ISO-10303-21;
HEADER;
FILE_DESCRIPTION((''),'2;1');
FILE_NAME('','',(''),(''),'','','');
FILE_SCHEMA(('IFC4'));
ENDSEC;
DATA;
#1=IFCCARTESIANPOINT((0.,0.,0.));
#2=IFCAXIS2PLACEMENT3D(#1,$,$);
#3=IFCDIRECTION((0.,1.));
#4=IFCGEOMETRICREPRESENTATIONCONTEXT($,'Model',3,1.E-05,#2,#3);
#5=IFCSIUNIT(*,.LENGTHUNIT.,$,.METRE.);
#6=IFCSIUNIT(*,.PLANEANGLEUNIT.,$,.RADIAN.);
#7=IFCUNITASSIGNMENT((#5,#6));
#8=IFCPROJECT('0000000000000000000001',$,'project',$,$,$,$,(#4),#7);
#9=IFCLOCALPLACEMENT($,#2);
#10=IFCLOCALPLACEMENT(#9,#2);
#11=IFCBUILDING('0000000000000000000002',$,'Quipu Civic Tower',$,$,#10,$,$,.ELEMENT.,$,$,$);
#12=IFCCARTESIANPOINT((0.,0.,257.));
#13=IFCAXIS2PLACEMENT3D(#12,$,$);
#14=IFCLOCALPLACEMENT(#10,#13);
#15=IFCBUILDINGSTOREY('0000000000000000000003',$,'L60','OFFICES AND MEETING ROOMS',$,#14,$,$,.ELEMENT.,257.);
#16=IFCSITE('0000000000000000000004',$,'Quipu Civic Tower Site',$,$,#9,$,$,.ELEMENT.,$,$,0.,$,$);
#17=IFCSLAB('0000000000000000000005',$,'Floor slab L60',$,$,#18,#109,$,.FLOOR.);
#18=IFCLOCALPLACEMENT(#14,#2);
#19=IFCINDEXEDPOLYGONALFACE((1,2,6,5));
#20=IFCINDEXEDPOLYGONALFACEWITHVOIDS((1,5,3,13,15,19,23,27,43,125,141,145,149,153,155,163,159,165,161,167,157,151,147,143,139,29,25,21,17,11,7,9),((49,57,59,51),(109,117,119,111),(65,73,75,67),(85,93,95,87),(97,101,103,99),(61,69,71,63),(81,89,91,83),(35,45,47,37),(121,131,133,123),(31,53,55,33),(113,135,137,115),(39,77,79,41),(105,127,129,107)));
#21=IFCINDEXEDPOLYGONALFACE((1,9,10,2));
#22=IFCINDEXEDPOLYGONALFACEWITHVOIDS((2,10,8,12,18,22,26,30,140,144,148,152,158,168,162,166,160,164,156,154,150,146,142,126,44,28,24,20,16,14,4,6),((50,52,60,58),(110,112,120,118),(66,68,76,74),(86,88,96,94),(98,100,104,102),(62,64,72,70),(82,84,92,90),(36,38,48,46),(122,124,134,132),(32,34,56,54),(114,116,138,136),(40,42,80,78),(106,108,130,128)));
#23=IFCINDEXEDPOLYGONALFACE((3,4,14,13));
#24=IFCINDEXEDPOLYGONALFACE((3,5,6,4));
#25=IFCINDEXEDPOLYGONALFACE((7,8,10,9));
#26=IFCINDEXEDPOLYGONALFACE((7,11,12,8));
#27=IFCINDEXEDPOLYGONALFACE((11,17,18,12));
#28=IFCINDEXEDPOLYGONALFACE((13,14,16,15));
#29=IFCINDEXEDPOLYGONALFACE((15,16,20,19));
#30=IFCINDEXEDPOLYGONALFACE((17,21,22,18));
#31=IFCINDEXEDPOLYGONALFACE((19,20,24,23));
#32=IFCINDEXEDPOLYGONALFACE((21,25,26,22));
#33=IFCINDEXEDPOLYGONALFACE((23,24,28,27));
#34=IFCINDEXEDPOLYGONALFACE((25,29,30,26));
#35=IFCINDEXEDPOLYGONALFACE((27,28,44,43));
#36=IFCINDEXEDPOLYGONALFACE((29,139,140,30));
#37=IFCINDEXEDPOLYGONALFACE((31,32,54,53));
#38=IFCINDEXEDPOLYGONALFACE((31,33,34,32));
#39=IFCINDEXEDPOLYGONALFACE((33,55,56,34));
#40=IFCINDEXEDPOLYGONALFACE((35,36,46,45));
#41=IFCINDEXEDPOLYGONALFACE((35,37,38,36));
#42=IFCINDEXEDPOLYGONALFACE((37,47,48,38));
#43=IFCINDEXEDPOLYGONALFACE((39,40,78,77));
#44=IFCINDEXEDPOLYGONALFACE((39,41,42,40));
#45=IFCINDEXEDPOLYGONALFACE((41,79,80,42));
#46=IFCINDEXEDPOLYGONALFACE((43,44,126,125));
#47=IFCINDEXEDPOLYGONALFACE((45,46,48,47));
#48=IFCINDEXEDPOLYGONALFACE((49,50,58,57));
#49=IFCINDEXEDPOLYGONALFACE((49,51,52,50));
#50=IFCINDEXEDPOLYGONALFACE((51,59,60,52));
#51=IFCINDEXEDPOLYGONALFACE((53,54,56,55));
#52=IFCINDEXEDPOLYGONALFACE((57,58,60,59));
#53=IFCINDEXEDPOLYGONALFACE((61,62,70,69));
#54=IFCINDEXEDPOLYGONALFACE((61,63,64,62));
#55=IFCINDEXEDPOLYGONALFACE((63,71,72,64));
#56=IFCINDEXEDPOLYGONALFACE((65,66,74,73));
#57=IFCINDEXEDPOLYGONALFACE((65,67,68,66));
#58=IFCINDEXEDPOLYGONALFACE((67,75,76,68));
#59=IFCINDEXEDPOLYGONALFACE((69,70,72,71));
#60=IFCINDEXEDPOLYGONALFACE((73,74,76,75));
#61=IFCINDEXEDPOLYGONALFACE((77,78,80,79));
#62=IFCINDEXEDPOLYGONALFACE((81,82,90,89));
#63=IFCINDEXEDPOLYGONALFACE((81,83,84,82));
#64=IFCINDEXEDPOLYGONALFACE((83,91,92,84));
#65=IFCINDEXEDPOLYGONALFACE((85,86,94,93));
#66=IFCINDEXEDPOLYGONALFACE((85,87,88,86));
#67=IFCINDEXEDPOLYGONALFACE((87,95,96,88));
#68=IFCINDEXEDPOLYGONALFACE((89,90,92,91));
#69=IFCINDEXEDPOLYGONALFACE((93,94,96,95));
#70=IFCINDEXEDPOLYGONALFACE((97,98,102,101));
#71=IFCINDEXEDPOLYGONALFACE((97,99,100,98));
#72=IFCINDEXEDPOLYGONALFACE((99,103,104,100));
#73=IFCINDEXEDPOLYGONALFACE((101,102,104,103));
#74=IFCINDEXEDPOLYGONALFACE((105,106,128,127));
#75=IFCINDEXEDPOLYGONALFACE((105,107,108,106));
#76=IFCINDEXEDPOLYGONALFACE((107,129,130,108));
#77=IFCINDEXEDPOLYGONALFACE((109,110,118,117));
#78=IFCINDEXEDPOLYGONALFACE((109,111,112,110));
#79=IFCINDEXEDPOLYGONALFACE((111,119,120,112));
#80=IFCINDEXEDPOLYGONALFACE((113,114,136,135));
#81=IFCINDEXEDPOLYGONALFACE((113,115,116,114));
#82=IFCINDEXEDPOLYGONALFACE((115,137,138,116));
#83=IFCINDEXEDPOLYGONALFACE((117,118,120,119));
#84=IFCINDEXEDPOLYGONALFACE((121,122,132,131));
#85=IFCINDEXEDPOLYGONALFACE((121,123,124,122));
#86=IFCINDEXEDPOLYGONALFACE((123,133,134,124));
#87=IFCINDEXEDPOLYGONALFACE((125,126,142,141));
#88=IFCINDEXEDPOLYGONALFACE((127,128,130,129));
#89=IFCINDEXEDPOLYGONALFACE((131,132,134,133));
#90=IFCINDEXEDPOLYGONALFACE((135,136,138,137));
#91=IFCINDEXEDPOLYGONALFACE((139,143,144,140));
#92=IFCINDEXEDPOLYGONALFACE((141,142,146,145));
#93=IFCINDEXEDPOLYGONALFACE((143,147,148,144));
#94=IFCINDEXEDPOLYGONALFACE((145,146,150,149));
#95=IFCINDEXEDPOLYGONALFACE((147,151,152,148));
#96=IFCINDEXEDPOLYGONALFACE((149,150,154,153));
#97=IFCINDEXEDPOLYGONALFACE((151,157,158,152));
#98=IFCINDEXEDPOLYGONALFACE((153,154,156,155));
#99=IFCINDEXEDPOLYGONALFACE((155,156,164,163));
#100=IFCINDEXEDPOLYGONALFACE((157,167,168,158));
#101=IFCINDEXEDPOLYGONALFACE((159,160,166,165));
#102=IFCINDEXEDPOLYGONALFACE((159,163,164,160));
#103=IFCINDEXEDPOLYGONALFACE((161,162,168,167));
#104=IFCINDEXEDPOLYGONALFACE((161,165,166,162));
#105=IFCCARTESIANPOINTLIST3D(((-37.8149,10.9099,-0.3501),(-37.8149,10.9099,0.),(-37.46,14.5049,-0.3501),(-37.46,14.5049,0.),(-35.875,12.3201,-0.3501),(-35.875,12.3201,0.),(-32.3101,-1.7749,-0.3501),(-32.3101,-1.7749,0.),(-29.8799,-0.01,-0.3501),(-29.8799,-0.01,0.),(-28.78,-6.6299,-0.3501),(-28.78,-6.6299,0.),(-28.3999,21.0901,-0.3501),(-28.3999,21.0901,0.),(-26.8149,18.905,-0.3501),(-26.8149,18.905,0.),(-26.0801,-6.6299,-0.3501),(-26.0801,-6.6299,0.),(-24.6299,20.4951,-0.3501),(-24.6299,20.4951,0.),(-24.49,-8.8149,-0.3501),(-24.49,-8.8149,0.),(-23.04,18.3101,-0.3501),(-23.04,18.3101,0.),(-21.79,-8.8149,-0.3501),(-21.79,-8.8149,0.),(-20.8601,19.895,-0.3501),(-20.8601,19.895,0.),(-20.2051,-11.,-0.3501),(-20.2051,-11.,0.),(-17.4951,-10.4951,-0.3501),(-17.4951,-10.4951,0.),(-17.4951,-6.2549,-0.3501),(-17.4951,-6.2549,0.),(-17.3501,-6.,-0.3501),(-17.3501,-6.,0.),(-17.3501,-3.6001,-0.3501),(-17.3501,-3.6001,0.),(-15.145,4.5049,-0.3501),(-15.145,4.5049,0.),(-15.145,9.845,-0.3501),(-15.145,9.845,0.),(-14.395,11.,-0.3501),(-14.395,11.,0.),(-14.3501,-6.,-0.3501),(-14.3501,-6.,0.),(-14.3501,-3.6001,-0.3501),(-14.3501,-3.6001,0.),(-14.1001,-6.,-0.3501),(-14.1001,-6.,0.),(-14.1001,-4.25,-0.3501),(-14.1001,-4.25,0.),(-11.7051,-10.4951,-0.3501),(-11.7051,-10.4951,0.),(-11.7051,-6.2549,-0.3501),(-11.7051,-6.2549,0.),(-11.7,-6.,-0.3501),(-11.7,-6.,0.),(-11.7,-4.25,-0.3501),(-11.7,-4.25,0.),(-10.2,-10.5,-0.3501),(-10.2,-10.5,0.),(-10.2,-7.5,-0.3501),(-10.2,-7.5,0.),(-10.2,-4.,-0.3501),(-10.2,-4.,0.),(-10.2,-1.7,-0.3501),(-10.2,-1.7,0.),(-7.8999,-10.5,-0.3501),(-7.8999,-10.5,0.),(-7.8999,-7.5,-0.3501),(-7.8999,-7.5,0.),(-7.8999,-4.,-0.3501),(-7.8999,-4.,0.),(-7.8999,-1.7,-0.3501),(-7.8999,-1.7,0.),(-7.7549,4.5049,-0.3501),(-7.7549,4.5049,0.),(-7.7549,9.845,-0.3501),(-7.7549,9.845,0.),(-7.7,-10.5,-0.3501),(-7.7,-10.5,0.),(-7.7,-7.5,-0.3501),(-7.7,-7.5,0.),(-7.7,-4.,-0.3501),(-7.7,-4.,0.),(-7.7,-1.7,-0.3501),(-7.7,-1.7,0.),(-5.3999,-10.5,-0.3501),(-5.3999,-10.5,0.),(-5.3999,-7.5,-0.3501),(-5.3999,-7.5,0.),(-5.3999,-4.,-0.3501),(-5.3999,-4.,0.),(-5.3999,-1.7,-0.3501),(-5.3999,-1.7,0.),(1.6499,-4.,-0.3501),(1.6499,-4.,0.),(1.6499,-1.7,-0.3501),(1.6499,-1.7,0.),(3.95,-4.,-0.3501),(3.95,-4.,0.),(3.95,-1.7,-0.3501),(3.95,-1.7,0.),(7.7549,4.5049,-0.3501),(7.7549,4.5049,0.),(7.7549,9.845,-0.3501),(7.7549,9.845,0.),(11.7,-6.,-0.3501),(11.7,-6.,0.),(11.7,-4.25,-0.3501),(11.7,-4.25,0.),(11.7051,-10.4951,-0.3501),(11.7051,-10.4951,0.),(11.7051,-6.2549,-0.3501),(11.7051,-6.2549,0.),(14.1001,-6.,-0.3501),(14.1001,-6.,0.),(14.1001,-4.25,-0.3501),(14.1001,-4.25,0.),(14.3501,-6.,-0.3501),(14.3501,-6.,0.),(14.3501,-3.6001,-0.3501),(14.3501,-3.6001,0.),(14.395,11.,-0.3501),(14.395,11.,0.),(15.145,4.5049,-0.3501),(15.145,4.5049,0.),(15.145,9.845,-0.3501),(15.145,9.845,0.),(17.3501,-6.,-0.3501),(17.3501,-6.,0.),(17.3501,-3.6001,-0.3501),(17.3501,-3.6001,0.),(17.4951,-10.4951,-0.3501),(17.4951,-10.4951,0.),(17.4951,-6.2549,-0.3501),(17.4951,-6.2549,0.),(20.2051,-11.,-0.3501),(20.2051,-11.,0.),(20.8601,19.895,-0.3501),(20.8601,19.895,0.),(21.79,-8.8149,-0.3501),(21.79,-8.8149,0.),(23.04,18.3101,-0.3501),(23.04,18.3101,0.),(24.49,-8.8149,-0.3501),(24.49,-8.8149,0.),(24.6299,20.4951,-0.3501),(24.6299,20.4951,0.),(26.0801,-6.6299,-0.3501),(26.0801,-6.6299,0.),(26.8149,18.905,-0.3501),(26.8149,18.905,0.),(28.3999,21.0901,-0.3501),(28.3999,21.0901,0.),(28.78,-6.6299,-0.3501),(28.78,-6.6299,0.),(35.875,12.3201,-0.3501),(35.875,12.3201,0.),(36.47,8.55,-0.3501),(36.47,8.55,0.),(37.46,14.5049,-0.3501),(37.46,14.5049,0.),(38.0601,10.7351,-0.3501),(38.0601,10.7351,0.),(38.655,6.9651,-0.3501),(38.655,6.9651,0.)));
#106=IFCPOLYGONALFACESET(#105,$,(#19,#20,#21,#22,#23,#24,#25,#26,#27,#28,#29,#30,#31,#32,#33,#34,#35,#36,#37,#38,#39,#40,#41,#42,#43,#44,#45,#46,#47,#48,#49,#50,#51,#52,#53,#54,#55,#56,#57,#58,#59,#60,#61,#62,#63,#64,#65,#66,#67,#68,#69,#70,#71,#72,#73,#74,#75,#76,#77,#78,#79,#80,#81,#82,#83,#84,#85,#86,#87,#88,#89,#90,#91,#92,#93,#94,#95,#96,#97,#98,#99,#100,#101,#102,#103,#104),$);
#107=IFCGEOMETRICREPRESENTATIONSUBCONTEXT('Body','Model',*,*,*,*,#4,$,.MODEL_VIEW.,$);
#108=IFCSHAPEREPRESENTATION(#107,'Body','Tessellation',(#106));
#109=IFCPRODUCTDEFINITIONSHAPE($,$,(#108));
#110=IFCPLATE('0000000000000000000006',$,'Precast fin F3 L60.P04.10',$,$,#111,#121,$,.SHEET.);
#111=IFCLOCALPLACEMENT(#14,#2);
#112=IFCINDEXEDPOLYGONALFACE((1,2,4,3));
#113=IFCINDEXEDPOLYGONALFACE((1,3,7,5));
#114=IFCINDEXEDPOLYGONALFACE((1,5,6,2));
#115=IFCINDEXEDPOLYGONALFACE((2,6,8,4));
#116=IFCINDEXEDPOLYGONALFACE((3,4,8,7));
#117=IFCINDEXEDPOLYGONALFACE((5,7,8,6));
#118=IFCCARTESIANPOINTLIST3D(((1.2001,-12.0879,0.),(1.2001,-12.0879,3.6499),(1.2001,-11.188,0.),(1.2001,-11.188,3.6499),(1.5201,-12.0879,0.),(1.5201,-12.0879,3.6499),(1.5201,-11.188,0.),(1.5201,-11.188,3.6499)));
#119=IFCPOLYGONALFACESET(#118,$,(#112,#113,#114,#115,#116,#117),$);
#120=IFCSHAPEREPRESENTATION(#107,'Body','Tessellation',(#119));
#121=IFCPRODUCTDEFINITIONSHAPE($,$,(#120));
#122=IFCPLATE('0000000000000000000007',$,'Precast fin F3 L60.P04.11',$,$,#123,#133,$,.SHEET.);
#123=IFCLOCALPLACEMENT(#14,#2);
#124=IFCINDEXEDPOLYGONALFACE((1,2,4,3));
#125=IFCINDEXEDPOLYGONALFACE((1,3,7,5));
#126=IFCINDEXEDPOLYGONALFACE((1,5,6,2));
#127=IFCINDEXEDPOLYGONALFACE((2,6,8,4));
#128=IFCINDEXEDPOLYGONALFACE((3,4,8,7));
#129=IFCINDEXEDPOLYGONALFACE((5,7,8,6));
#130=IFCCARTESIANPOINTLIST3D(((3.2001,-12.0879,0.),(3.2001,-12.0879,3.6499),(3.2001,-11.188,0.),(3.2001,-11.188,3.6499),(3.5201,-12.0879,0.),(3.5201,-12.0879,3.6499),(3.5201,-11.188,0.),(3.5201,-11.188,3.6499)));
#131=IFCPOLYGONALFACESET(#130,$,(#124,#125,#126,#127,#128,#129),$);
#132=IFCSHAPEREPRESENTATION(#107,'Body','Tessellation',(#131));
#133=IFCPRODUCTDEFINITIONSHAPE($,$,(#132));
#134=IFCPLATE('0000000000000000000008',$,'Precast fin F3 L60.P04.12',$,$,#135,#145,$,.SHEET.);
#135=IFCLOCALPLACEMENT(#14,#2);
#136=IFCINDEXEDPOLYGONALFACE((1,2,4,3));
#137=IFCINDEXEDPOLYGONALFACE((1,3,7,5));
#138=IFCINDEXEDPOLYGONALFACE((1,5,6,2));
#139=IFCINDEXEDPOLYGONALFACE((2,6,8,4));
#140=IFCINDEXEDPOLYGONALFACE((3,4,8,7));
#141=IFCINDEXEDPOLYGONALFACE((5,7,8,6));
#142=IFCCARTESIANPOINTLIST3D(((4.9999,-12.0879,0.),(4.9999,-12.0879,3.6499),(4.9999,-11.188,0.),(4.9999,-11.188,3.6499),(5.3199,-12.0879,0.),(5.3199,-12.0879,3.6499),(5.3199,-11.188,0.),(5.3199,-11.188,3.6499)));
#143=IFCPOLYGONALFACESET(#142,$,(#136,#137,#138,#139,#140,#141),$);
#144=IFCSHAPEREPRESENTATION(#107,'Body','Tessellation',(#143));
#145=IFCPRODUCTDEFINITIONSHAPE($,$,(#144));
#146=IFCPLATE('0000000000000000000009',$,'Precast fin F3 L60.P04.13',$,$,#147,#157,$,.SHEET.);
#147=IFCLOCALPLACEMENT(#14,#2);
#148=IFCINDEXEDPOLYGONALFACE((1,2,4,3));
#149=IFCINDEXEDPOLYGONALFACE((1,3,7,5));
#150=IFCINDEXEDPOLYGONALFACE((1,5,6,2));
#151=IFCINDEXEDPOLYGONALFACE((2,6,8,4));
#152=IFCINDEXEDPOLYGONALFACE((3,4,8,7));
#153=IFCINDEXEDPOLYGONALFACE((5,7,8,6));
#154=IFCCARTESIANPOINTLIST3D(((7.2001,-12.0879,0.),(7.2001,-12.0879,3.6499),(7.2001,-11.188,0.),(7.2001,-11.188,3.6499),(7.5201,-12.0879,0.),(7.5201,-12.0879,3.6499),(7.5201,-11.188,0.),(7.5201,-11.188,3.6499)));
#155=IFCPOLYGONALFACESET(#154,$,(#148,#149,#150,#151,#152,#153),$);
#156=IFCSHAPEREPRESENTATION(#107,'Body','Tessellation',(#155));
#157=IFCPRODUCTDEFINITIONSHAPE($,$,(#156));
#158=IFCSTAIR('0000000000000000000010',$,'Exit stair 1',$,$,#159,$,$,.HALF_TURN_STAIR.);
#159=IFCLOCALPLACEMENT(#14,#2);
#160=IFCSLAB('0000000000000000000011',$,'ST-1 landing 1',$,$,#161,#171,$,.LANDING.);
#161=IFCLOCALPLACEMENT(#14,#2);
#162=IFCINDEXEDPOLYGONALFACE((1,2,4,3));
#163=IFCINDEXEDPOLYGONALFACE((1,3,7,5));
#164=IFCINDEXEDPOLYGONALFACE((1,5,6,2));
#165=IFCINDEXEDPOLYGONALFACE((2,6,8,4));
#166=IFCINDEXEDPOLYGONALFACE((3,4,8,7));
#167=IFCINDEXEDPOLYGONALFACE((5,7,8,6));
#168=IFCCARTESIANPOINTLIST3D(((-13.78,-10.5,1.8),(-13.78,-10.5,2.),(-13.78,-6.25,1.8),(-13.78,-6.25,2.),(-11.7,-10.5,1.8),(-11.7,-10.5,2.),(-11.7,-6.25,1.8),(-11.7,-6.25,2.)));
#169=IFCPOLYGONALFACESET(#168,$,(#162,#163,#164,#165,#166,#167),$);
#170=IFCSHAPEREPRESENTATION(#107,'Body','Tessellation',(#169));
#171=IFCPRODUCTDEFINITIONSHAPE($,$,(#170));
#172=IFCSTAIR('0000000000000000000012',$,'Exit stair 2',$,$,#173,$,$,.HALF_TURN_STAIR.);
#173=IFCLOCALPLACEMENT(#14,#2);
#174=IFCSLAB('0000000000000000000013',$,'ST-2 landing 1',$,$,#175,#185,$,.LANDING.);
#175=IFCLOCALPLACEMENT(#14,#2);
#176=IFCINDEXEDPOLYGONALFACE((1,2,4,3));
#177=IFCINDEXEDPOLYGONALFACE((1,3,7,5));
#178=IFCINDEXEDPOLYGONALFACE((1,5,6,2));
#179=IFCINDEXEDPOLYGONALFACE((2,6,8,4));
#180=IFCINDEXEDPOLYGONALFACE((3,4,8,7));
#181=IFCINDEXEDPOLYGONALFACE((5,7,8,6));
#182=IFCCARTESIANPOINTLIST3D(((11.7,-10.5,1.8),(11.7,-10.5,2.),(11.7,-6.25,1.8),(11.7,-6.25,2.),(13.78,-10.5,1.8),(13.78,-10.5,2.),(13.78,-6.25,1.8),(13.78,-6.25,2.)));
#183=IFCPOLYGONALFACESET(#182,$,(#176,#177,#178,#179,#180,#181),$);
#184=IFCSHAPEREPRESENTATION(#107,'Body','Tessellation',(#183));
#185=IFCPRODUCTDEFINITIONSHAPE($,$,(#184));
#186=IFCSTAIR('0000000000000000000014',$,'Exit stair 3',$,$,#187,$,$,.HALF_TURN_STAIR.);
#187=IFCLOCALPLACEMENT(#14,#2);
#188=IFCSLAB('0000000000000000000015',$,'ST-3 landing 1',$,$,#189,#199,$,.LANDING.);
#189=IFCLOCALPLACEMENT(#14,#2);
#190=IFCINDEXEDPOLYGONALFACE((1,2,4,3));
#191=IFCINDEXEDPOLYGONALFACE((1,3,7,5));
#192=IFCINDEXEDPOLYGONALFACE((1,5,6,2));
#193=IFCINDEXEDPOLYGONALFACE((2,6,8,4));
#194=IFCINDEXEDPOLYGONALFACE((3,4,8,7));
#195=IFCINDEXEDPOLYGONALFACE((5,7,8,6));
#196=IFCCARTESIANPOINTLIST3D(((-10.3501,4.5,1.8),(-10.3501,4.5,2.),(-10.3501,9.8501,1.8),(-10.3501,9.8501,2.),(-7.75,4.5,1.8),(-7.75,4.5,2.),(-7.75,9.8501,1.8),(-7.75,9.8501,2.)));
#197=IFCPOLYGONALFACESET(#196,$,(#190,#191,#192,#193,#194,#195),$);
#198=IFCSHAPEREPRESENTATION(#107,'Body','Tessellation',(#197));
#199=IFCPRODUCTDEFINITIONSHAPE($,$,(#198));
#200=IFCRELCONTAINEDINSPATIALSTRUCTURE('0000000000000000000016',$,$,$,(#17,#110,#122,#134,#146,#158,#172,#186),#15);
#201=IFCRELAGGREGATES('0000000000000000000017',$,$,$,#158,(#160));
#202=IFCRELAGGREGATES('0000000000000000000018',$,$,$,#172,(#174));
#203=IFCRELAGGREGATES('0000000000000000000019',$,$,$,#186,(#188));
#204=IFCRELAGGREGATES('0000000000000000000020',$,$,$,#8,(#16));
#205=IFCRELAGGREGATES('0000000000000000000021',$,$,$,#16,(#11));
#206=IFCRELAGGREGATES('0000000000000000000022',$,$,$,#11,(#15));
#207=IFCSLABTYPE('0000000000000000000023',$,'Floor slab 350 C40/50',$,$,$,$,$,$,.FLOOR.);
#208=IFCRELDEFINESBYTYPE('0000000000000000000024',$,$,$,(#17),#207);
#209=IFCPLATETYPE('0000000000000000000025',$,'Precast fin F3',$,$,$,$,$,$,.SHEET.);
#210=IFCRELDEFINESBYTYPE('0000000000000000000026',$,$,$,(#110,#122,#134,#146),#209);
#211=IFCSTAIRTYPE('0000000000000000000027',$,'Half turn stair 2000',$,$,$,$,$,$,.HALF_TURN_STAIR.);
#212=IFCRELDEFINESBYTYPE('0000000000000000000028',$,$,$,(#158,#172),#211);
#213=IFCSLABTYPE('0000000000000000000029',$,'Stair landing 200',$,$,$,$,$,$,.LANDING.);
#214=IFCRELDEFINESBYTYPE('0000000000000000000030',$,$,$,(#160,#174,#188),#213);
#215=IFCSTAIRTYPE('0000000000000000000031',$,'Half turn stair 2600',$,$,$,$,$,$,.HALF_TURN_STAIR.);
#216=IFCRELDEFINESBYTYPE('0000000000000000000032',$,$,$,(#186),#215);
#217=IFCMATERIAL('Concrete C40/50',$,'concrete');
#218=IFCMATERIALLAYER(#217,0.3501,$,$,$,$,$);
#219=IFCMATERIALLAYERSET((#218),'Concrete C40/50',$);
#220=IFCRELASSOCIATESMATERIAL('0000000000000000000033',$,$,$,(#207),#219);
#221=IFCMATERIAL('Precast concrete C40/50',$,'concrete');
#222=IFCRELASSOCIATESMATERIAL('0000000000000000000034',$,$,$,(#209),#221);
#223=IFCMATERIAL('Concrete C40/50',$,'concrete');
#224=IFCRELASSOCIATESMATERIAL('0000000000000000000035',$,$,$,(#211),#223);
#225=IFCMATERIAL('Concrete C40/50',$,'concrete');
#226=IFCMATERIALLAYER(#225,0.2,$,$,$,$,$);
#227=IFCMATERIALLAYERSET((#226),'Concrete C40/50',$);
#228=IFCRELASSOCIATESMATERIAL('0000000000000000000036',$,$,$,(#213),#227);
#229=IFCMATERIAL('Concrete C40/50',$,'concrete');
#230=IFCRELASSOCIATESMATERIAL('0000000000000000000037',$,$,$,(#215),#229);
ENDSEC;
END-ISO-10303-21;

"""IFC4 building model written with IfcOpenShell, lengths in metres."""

from ifc_helpers import new_model, si_unit, direction, frame, origin, origin_2d, place, context, subcontext, project, spatial, polyline, rectangle, outline, extrude, material, layer, layer_set, type_object, element, aggregate, save


model = new_model("IFC4")

# Units and contexts
model_context = context("Model", 3, precision=1e-05, world=origin(), true_north=direction((0.0, 1.0)))
body_context = subcontext(model_context, "Body", "Model", "MODEL_VIEW")
ifc_project = project(units=[si_unit("LENGTHUNIT", "METRE"), si_unit("PLANEANGLEUNIT", "RADIAN")], contexts=[model_context])

# Site, building, storey
site_placement = place(None, origin())
site = spatial("IfcSite", under=ifc_project, at=site_placement, Name="Quipu Civic Tower Site", CompositionType="ELEMENT", RefElevation=0.0)
building_placement = place(site_placement, origin())
building = spatial("IfcBuilding", under=site, at=building_placement, Name="Quipu Civic Tower", CompositionType="ELEMENT")
storey_placement = place(building_placement, frame((0.0, 0.0, 257.0)))
storey = spatial("IfcBuildingStorey", under=building, at=storey_placement, Name="L60", Description="OFFICES AND MEETING ROOMS", CompositionType="ELEMENT", Elevation=257.0)

# Slab
ifc_material_1 = material(Name="Concrete C40/50", Category="concrete")
ifc_layer_1 = layer(ifc_material_1, 0.3501)
ifc_layer_set_1 = layer_set([ifc_layer_1], Name="Concrete C40/50")
slab_type_1 = type_object("IfcSlabType", Name="Floor slab 350 C40/50", PredefinedType="FLOOR", material=ifc_layer_set_1)
slab_1_placement = place(storey_placement, frame((0.0, 0.0, -0.3501)))
element("IfcSlab", 1, at=slab_1_placement, inside=storey, type_object=slab_type_1, Name="Floor slab L60", PredefinedType="FLOOR", context=body_context, shape_type="SweptSolid", body=[
    extrude(outline(polyline([(-28.3999, 21.0901), (-26.8149, 18.905), (-24.6299, 20.4951), (-23.04, 18.3101), (-20.8601, 19.895), (-14.395, 11.0), (14.395, 11.0), (20.8601, 19.895), (23.04, 18.3101), (24.6299, 20.4951), (26.8149, 18.905), (28.3999, 21.0901), (37.46, 14.5049), (35.875, 12.3201), (38.0601, 10.7351), (36.47, 8.55), (38.655, 6.9651), (28.78, -6.6299), (26.0801, -6.6299), (24.49, -8.8149), (21.79, -8.8149), (20.2051, -11.0), (-20.2051, -11.0), (-21.79, -8.8149), (-24.49, -8.8149), (-26.0801, -6.6299), (-28.78, -6.6299), (-32.3101, -1.7749), (-29.8799, -0.01), (-37.8149, 10.9099), (-35.875, 12.3201), (-37.46, 14.5049), (-28.3999, 21.0901)]), holes=[polyline([(-10.2, -10.5), (-7.8999, -10.5), (-7.8999, -7.5), (-10.2, -7.5), (-10.2, -10.5)]), polyline([(-7.7, -7.5), (-7.7, -10.5), (-5.3999, -10.5), (-5.3999, -7.5), (-7.7, -7.5)]), polyline([(-11.7051, -6.2549), (-17.4951, -6.2549), (-17.4951, -10.4951), (-11.7051, -10.4951), (-11.7051, -6.2549)]), polyline([(-14.1001, -6.0), (-11.7, -6.0), (-11.7, -4.25), (-14.1001, -4.25), (-14.1001, -6.0)]), polyline([(-17.3501, -3.6001), (-17.3501, -6.0), (-14.3501, -6.0), (-14.3501, -3.6001), (-17.3501, -3.6001)]), polyline([(-10.2, -1.7), (-10.2, -4.0), (-7.8999, -4.0), (-7.8999, -1.7), (-10.2, -1.7)]), polyline([(-15.145, 9.845), (-15.145, 4.5049), (-7.7549, 4.5049), (-7.7549, 9.845), (-15.145, 9.845)]), polyline([(11.7051, -10.4951), (17.4951, -10.4951), (17.4951, -6.2549), (11.7051, -6.2549), (11.7051, -10.4951)]), polyline([(11.7, -4.25), (11.7, -6.0), (14.1001, -6.0), (14.1001, -4.25), (11.7, -4.25)]), polyline([(14.3501, -3.6001), (14.3501, -6.0), (17.3501, -6.0), (17.3501, -3.6001), (14.3501, -3.6001)]), polyline([(-7.7, -1.7), (-7.7, -4.0), (-5.3999, -4.0), (-5.3999, -1.7), (-7.7, -1.7)]), polyline([(1.6499, -1.7), (1.6499, -4.0), (3.95, -4.0), (3.95, -1.7), (1.6499, -1.7)]), polyline([(7.7549, 4.5049), (15.145, 4.5049), (15.145, 9.845), (7.7549, 9.845), (7.7549, 4.5049)])]), origin(), (0.0, 0.0, 1.0), 0.3501),
])

# Plates
ifc_material_2 = material(Name="Precast concrete C40/50", Category="concrete")
plate_type = type_object("IfcPlateType", Name="Precast fin F3", PredefinedType="SHEET", material=ifc_material_2)
for number, where, z_axis, x_axis, name in (
    (2, (1.3601, -11.6379, 0.0), (0.0, 0.0, 1.0), (1.0, 0.0, 0.0), "Precast fin F3 L60.P04.10"),
    (3, (3.3601, -11.6379, 0.0), (0.0, 0.0, 1.0), (1.0, 0.0, 0.0), "Precast fin F3 L60.P04.11"),
    (4, (5.1599, -11.6379, 0.0), (0.0, 0.0, 1.0), (1.0, 0.0, 0.0), "Precast fin F3 L60.P04.12"),
    (5, (7.3601, -11.6379, 0.0), (0.0, 0.0, 1.0), (1.0, 0.0, 0.0), "Precast fin F3 L60.P04.13"),
):
    element("IfcPlate", number, at=place(storey_placement, frame(where, z_axis=z_axis, x_axis=x_axis)), inside=storey, type_object=plate_type, Name=name, PredefinedType="SHEET", context=body_context, shape_type="SweptSolid", body=[
        extrude(rectangle(XDim=0.3201, YDim=0.8999, at=origin_2d()), origin(), (0.0, 0.0, 1.0), 3.6499),
    ])

# Stairs, slabs
ifc_material_3 = material(Name="Concrete C40/50", Category="concrete")
stair_type_1 = type_object("IfcStairType", Name="Half turn stair 2000", PredefinedType="HALF_TURN_STAIR", material=ifc_material_3)
stair_1_placement = place(storey_placement, origin())
stair_1 = element("IfcStair", 6, at=stair_1_placement, inside=storey, type_object=stair_type_1, Name="Exit stair 1", PredefinedType="HALF_TURN_STAIR")
ifc_material_4 = material(Name="Concrete C40/50", Category="concrete")
ifc_layer_2 = layer(ifc_material_4, 0.2)
ifc_layer_set_2 = layer_set([ifc_layer_2], Name="Concrete C40/50")
slab_type_2 = type_object("IfcSlabType", Name="Stair landing 200", PredefinedType="LANDING", material=ifc_layer_set_2)
slab_2_placement = place(storey_placement, frame((0.0, 0.0, 1.8)))
slab_2 = element("IfcSlab", 7, at=slab_2_placement, type_object=slab_type_2, Name="ST-1 landing 1", PredefinedType="LANDING", context=body_context, shape_type="SweptSolid", body=[
    extrude(outline(polyline([(-13.78, -10.5), (-11.7, -10.5), (-11.7, -6.25), (-13.78, -6.25), (-13.78, -10.5)])), origin(), (0.0, 0.0, 1.0), 0.2),
])
aggregate(stair_1, [slab_2])
stair_2_placement = place(storey_placement, origin())
stair_2 = element("IfcStair", 8, at=stair_2_placement, inside=storey, type_object=stair_type_1, Name="Exit stair 2", PredefinedType="HALF_TURN_STAIR")
slab_3_placement = place(storey_placement, frame((0.0, 0.0, 1.8)))
slab_3 = element("IfcSlab", 9, at=slab_3_placement, type_object=slab_type_2, Name="ST-2 landing 1", PredefinedType="LANDING", context=body_context, shape_type="SweptSolid", body=[
    extrude(outline(polyline([(13.78, -6.25), (11.7, -6.25), (11.7, -10.5), (13.78, -10.5), (13.78, -6.25)])), origin(), (0.0, 0.0, 1.0), 0.2),
])
aggregate(stair_2, [slab_3])
ifc_material_5 = material(Name="Concrete C40/50", Category="concrete")
stair_type_2 = type_object("IfcStairType", Name="Half turn stair 2600", PredefinedType="HALF_TURN_STAIR", material=ifc_material_5)
stair_3_placement = place(storey_placement, origin())
stair_3 = element("IfcStair", 10, at=stair_3_placement, inside=storey, type_object=stair_type_2, Name="Exit stair 3", PredefinedType="HALF_TURN_STAIR")
slab_4_placement = place(storey_placement, frame((0.0, 0.0, 1.8)))
slab_4 = element("IfcSlab", 11, at=slab_4_placement, type_object=slab_type_2, Name="ST-3 landing 1", PredefinedType="LANDING", context=body_context, shape_type="SweptSolid", body=[
    extrude(outline(polyline([(-10.3501, 4.5), (-7.75, 4.5), (-7.75, 9.8501), (-10.3501, 9.8501), (-10.3501, 4.5)])), origin(), (0.0, 0.0, 1.0), 0.2),
])
aggregate(stair_3, [slab_4])

save(model, "model.ifc")
